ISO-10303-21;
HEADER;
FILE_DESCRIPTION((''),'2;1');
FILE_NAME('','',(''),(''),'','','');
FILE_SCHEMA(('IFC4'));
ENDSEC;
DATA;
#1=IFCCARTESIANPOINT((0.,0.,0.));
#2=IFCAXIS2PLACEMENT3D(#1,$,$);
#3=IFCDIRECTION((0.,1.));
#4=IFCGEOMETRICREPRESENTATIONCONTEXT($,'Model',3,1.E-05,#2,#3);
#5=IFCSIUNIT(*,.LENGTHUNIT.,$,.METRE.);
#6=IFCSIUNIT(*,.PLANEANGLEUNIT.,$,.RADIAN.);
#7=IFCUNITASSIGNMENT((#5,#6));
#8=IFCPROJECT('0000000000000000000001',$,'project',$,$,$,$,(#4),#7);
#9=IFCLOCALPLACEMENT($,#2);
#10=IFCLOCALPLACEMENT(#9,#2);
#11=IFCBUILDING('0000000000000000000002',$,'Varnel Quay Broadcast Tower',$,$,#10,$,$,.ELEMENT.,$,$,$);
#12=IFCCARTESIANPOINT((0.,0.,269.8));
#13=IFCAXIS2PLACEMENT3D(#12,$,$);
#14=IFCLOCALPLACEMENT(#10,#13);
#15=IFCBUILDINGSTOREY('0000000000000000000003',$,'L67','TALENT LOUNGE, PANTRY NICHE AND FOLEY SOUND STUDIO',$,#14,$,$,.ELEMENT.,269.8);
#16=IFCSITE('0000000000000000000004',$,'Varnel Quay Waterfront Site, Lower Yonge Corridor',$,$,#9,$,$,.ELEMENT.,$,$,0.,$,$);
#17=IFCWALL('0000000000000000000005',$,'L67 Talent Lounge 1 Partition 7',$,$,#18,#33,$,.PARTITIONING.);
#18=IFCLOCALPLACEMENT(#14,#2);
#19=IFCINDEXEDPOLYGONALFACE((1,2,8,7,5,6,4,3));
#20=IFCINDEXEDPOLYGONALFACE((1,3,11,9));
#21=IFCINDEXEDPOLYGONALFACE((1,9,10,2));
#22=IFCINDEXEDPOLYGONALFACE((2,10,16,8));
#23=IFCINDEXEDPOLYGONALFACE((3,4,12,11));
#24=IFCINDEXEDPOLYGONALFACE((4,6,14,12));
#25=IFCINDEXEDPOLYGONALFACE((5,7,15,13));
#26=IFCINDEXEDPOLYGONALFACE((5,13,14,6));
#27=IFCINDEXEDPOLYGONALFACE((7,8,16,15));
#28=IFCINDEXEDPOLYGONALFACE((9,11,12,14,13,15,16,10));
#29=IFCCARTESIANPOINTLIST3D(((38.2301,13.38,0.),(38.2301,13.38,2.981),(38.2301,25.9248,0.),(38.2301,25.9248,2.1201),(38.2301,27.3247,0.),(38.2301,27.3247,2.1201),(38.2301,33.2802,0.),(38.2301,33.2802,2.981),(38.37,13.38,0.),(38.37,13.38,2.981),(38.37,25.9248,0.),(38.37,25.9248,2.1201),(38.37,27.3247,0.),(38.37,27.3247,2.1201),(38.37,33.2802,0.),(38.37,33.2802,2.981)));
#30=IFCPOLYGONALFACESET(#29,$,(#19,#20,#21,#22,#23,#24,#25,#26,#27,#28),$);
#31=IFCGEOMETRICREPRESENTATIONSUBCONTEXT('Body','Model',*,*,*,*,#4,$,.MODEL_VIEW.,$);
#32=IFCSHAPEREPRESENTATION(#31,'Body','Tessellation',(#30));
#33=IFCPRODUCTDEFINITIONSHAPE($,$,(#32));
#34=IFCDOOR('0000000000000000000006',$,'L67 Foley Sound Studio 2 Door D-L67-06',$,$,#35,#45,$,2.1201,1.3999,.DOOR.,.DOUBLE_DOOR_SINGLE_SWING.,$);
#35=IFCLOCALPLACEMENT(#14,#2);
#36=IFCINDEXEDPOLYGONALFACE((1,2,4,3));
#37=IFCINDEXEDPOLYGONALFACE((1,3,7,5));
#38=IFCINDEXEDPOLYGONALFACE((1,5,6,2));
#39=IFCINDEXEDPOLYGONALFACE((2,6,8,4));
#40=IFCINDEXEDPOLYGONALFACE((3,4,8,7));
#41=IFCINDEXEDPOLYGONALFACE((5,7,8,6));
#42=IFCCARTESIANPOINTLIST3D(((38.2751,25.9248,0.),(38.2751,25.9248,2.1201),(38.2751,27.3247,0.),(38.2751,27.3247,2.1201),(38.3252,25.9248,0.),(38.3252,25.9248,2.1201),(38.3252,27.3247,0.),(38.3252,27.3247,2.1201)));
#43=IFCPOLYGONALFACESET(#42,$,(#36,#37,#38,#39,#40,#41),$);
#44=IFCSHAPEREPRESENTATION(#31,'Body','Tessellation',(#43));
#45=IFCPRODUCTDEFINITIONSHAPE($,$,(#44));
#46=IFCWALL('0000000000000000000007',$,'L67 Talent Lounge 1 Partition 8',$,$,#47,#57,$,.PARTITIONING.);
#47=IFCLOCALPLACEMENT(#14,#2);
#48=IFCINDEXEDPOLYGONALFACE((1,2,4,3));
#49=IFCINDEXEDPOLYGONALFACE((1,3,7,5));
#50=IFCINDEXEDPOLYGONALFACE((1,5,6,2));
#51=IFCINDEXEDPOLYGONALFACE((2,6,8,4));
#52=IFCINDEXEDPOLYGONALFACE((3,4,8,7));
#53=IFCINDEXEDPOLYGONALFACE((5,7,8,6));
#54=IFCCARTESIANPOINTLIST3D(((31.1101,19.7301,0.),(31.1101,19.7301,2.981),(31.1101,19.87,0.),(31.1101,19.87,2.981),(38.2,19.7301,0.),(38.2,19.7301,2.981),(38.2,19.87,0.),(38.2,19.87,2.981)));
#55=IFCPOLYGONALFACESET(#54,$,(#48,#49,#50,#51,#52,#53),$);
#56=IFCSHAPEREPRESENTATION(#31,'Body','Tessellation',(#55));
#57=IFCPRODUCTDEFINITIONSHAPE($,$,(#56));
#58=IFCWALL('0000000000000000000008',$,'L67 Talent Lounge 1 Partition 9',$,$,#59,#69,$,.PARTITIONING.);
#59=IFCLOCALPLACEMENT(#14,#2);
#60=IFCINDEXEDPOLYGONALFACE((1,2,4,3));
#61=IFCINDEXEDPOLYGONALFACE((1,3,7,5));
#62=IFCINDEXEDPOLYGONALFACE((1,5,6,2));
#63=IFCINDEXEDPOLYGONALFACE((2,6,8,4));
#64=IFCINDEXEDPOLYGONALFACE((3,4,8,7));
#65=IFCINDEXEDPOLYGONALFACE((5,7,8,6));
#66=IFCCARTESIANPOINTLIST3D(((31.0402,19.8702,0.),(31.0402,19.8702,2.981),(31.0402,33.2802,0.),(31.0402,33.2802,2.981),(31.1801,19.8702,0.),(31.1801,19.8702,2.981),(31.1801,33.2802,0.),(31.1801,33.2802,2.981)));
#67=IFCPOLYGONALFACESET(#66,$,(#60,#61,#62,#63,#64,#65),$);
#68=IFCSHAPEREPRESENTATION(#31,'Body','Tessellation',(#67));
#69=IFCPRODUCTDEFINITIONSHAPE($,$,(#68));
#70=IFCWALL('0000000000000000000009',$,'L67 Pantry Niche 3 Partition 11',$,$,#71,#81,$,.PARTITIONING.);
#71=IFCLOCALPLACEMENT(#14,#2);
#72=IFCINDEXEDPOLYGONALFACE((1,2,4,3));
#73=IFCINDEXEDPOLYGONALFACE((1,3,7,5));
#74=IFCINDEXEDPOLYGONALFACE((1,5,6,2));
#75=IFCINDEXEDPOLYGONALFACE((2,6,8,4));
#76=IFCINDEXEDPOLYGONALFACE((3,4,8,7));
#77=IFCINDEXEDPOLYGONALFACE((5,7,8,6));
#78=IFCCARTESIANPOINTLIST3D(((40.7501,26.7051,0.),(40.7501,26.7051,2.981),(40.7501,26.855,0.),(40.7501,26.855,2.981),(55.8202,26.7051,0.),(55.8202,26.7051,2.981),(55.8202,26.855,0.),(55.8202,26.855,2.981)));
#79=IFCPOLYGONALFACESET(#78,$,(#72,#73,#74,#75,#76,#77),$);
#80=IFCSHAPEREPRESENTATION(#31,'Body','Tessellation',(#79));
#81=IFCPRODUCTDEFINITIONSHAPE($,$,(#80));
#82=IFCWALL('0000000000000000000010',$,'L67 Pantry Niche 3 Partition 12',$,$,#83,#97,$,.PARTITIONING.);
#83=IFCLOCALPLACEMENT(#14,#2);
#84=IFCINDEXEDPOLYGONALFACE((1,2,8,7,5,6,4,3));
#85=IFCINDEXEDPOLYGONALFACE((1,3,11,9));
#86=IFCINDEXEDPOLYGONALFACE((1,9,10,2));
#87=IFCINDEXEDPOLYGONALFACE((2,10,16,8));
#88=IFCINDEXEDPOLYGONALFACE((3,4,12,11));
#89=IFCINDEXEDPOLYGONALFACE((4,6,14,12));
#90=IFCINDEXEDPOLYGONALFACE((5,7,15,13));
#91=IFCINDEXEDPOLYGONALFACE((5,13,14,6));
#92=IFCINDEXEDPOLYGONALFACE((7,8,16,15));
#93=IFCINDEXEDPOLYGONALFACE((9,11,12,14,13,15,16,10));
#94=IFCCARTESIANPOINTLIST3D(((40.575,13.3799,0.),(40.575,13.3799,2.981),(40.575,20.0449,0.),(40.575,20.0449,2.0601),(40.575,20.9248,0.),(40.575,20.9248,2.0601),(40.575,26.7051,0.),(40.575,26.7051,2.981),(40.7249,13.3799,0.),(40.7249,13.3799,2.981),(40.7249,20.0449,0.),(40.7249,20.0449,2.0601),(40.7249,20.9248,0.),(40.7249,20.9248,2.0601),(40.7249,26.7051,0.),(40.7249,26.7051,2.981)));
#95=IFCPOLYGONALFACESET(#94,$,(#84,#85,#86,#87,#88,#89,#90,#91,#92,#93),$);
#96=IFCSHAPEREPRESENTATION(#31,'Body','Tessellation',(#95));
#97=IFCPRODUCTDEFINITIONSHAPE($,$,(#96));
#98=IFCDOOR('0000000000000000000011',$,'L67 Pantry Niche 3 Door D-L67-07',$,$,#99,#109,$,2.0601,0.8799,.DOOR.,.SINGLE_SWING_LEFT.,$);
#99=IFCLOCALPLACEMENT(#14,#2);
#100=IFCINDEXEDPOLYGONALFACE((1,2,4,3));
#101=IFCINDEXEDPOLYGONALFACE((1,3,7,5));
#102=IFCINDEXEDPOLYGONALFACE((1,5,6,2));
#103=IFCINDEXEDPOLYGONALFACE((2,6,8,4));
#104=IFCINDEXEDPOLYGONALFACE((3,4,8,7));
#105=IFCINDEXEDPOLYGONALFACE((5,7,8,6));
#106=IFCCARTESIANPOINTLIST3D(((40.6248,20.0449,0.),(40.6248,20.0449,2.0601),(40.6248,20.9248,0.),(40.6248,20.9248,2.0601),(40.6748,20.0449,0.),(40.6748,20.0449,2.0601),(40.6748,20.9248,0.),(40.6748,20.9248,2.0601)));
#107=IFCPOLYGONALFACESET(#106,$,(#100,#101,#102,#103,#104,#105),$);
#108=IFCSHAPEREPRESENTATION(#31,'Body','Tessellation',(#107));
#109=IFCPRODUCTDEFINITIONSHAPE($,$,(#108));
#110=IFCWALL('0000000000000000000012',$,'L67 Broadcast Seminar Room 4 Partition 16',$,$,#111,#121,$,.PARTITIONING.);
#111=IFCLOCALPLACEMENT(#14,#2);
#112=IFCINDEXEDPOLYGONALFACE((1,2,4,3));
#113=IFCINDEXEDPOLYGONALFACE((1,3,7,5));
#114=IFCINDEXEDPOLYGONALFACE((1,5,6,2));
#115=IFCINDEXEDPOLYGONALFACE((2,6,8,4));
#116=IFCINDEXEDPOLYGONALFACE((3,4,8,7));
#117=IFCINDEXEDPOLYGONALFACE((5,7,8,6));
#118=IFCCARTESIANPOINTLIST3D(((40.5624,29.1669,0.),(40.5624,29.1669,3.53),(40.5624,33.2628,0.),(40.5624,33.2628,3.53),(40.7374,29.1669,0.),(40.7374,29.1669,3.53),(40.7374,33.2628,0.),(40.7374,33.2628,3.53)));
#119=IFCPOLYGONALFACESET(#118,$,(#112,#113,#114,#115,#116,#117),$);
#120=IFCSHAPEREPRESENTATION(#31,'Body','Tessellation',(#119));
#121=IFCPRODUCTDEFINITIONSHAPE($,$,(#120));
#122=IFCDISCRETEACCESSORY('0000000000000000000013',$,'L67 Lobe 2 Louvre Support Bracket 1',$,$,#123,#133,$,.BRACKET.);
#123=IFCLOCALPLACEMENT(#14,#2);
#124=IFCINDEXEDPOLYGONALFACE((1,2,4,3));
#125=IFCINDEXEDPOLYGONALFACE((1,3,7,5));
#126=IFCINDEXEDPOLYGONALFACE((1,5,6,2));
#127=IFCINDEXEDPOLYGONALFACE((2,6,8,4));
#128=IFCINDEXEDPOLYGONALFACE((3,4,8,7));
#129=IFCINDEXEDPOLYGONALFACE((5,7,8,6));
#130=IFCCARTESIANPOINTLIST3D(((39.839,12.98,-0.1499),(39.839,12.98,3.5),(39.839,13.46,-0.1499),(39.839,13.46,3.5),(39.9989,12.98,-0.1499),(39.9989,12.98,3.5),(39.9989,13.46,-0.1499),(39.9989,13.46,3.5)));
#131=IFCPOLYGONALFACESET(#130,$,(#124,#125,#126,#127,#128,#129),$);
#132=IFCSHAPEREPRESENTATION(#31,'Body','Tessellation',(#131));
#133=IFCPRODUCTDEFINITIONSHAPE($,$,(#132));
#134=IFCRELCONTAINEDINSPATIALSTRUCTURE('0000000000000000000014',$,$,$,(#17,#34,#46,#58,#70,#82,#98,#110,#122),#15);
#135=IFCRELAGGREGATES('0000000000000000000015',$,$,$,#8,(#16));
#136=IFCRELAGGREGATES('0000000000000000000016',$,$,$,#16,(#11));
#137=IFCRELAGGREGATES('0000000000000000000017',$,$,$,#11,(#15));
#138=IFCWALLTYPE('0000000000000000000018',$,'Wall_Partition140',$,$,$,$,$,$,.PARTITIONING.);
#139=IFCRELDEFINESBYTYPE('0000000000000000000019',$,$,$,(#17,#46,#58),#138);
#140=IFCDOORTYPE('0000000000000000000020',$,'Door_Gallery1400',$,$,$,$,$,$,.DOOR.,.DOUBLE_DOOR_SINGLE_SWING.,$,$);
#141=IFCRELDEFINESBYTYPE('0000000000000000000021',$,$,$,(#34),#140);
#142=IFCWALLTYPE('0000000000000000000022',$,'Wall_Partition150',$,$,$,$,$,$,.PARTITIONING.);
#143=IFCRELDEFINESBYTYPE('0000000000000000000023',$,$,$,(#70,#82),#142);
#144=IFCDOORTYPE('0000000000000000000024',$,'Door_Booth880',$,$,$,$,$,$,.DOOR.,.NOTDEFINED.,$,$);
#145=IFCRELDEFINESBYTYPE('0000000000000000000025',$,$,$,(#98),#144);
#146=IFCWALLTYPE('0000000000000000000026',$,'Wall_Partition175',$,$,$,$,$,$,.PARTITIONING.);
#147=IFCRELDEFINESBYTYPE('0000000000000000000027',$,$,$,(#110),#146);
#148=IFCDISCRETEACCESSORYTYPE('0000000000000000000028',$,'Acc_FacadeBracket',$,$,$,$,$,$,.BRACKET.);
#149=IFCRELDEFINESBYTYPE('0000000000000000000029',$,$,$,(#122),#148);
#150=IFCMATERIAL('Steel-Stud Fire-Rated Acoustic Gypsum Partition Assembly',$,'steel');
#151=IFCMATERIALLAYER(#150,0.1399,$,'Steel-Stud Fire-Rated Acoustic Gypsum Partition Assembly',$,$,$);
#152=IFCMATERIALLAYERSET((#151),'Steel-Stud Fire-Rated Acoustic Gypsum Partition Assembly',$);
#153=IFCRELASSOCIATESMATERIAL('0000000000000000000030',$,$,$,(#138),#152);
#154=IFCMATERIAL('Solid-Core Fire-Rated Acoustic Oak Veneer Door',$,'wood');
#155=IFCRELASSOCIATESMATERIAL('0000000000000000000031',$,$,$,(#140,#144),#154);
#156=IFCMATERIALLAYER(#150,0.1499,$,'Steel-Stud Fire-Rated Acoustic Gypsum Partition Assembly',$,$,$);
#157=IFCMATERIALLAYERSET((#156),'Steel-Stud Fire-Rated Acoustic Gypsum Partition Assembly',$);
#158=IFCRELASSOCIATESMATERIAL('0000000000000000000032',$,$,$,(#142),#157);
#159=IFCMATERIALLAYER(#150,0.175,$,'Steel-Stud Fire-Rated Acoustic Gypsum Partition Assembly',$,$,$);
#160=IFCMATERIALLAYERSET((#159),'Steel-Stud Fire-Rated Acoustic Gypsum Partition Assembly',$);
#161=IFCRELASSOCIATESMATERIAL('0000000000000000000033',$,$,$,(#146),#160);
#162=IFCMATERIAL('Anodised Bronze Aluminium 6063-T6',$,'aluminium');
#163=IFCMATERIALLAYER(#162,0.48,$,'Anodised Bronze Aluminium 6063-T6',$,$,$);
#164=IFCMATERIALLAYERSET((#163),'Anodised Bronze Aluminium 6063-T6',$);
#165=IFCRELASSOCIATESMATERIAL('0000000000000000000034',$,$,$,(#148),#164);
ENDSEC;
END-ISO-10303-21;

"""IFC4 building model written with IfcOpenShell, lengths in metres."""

from ifc_helpers import new_model, si_unit, direction, frame, frame_2d, origin, origin_2d, place, context, subcontext, project, spatial, rectangle, extrude, source, transform, mapped, material, layer, layer_set, type_object, type_shapes, element, fill, save


model = new_model("IFC4")

# Units and contexts
model_context = context("Model", 3, precision=1e-05, world=origin(), true_north=direction((0.0, 1.0)))
body_context = subcontext(model_context, "Body", "Model", "MODEL_VIEW")
ifc_project = project(units=[si_unit("LENGTHUNIT", "METRE"), si_unit("PLANEANGLEUNIT", "RADIAN")], contexts=[model_context])

# Site, building, storey
site_placement = place(None, origin())
site = spatial("IfcSite", under=ifc_project, at=site_placement, Name="Varnel Quay Waterfront Site, Lower Yonge Corridor", CompositionType="ELEMENT", RefElevation=0.0)
building_placement = place(site_placement, origin())
building = spatial("IfcBuilding", under=site, at=building_placement, Name="Varnel Quay Broadcast Tower", CompositionType="ELEMENT")
storey_placement = place(building_placement, frame((0.0, 0.0, 269.8)))
storey = spatial("IfcBuildingStorey", under=building, at=storey_placement, Name="L67", Description="TALENT LOUNGE, PANTRY NICHE AND FOLEY SOUND STUDIO", CompositionType="ELEMENT", Elevation=269.8)

# Shared definitions
ifc_material_1 = material(Name="Anodised Bronze Aluminium 6063-T6", Category="aluminium")

# Wall, opening, door
ifc_material_2 = material(Name="Steel-Stud Fire-Rated Acoustic Gypsum Partition Assembly", Category="steel")
ifc_layer_1 = layer(ifc_material_2, 0.1399, Name="Steel-Stud Fire-Rated Acoustic Gypsum Partition Assembly")
ifc_layer_set_1 = layer_set([ifc_layer_1], Name="Steel-Stud Fire-Rated Acoustic Gypsum Partition Assembly")
wall_type_1 = type_object("IfcWallType", Name="Wall_Partition140", PredefinedType="PARTITIONING", material=ifc_layer_set_1)
wall_1_placement = place(storey_placement, frame((38.3, 13.3799, 0.0), z_axis=(0.0, 0.0, 1.0), x_axis=(0.0, 1.0, 0.0)))
wall_1 = element("IfcWall", 1, at=wall_1_placement, inside=storey, type_object=wall_type_1, Name="L67 Talent Lounge 1 Partition 7", PredefinedType="PARTITIONING", context=body_context, shape_type="SweptSolid", body=[
    extrude(rectangle(XDim=19.9001, YDim=0.1399, at=frame_2d((9.9502, 0.0))), origin(), (0.0, 0.0, 1.0), 2.981),
])
opening_1_placement = place(wall_1_placement, frame((12.5449, 0.0, 0.0)))
opening_1 = element("IfcOpeningElement", 2, at=opening_1_placement, cuts=wall_1, PredefinedType="OPENING", context=body_context, shape_type="SweptSolid", body=[
    extrude(rectangle(XDim=1.3999, YDim=2.1201, at=frame_2d((0.7, 1.0601))), frame((0.0, 0.0801, 0.0), z_axis=(0.0, -1.0, 0.0), x_axis=(1.0, 0.0, 0.0)), (0.0, 0.0, 1.0), 0.1599),
])
ifc_material_3 = material(Name="Solid-Core Fire-Rated Acoustic Oak Veneer Door", Category="wood")
door_type_1 = type_object("IfcDoorType", Name="Door_Gallery1400", OperationType="DOUBLE_DOOR_SINGLE_SWING", PredefinedType="DOOR", material=ifc_material_3)
shared_shape_1 = source(origin(), body_context, "Body", "SweptSolid", [
    extrude(rectangle(XDim=1.3999, YDim=2.1201, at=frame_2d((0.7, 1.0601))), frame((0.0, 0.0249, 0.0), z_axis=(0.0, -1.0, 0.0), x_axis=(1.0, 0.0, 0.0)), (0.0, 0.0, 1.0), 0.05),
])
type_shapes(door_type_1, [shared_shape_1])
door_1_placement = place(opening_1_placement, origin())
door_1 = element("IfcDoor", 3, at=door_1_placement, inside=storey, type_object=door_type_1, Name="L67 Foley Sound Studio 2 Door D-L67-06", OperationType="DOUBLE_DOOR_SINGLE_SWING", OverallHeight=2.1201, OverallWidth=1.3999, PredefinedType="DOOR", context=body_context, shape_type="MappedRepresentation", body=[
    mapped(shared_shape_1, transform((0.0, 0.0, 0.0), x_axis=(1.0, 0.0, 0.0), y_axis=(0.0, 1.0, 0.0), z_axis=(0.0, 0.0, 1.0), scale=1.0)),
])
fill(opening_1, door_1)

# Walls
wall_2_placement = place(storey_placement, frame((31.1101, 19.8, 0.0), z_axis=(0.0, 0.0, 1.0), x_axis=(1.0, 0.0, 0.0)))
element("IfcWall", 4, at=wall_2_placement, inside=storey, type_object=wall_type_1, Name="L67 Talent Lounge 1 Partition 8", PredefinedType="PARTITIONING", context=body_context, shape_type="SweptSolid", body=[
    extrude(rectangle(XDim=7.0898, YDim=0.1399, at=frame_2d((3.5449, 0.0))), origin(), (0.0, 0.0, 1.0), 2.981),
])
wall_3_placement = place(storey_placement, frame((31.1101, 19.8701, 0.0), z_axis=(0.0, 0.0, 1.0), x_axis=(0.0, 1.0, 0.0)))
element("IfcWall", 5, at=wall_3_placement, inside=storey, type_object=wall_type_1, Name="L67 Talent Lounge 1 Partition 9", PredefinedType="PARTITIONING", context=body_context, shape_type="SweptSolid", body=[
    extrude(rectangle(XDim=13.4099, YDim=0.1399, at=frame_2d((6.7051, 0.0))), origin(), (0.0, 0.0, 1.0), 2.981),
])
ifc_layer_2 = layer(ifc_material_2, 0.1499, Name="Steel-Stud Fire-Rated Acoustic Gypsum Partition Assembly")
ifc_layer_set_2 = layer_set([ifc_layer_2], Name="Steel-Stud Fire-Rated Acoustic Gypsum Partition Assembly")
wall_type_2 = type_object("IfcWallType", Name="Wall_Partition150", PredefinedType="PARTITIONING", material=ifc_layer_set_2)
wall_4_placement = place(storey_placement, frame((40.75, 26.78, 0.0), z_axis=(0.0, 0.0, 1.0), x_axis=(1.0, 0.0, 0.0)))
element("IfcWall", 6, at=wall_4_placement, inside=storey, type_object=wall_type_2, Name="L67 Pantry Niche 3 Partition 11", PredefinedType="PARTITIONING", context=body_context, shape_type="SweptSolid", body=[
    extrude(rectangle(XDim=15.0701, YDim=0.1499, at=frame_2d((7.5352, 0.0))), origin(), (0.0, 0.0, 1.0), 2.981),
])

# Wall, opening, door
wall_5_placement = place(storey_placement, frame((40.6499, 13.3799, 0.0), z_axis=(0.0, 0.0, 1.0), x_axis=(0.0, 1.0, 0.0)))
wall_5 = element("IfcWall", 7, at=wall_5_placement, inside=storey, type_object=wall_type_2, Name="L67 Pantry Niche 3 Partition 12", PredefinedType="PARTITIONING", context=body_context, shape_type="SweptSolid", body=[
    extrude(rectangle(XDim=13.3252, YDim=0.1499, at=frame_2d((6.6626, 0.0))), origin(), (0.0, 0.0, 1.0), 2.981),
])
opening_2_placement = place(wall_5_placement, frame((6.665, 0.0, 0.0)))
opening_2 = element("IfcOpeningElement", 8, at=opening_2_placement, cuts=wall_5, PredefinedType="OPENING", context=body_context, shape_type="SweptSolid", body=[
    extrude(rectangle(XDim=0.8799, YDim=2.0601, at=frame_2d((0.4399, 1.03))), frame((0.0, 0.085, 0.0), z_axis=(0.0, -1.0, 0.0), x_axis=(1.0, 0.0, 0.0)), (0.0, 0.0, 1.0), 0.1699),
])
door_type_2 = type_object("IfcDoorType", Name="Door_Booth880", OperationType="NOTDEFINED", PredefinedType="DOOR", material=ifc_material_3)
shared_shape_2 = source(origin(), body_context, "Body", "SweptSolid", [
    extrude(rectangle(XDim=0.8799, YDim=2.0601, at=frame_2d((0.4399, 1.03))), frame((0.0, 0.0249, 0.0), z_axis=(0.0, -1.0, 0.0), x_axis=(1.0, 0.0, 0.0)), (0.0, 0.0, 1.0), 0.05),
])
type_shapes(door_type_2, [shared_shape_2])
door_2_placement = place(opening_2_placement, frame((0.8799, 0.0, 0.0), z_axis=(0.0, 0.0, 1.0), x_axis=(-1.0, 0.0, 0.0)))
door_2 = element("IfcDoor", 9, at=door_2_placement, inside=storey, type_object=door_type_2, Name="L67 Pantry Niche 3 Door D-L67-07", OperationType="SINGLE_SWING_LEFT", OverallHeight=2.0601, OverallWidth=0.8799, PredefinedType="DOOR", context=body_context, shape_type="MappedRepresentation", body=[
    mapped(shared_shape_2, transform((0.0, 0.0, 0.0), x_axis=(1.0, 0.0, 0.0), y_axis=(0.0, 1.0, 0.0), z_axis=(0.0, 0.0, 1.0), scale=1.0)),
])
fill(opening_2, door_2)

# Shared definitions
ifc_layer_3 = layer(ifc_material_2, 0.175, Name="Steel-Stud Fire-Rated Acoustic Gypsum Partition Assembly")
ifc_layer_set_3 = layer_set([ifc_layer_3], Name="Steel-Stud Fire-Rated Acoustic Gypsum Partition Assembly")
wall_type_3 = type_object("IfcWallType", Name="Wall_Partition175", PredefinedType="PARTITIONING", material=ifc_layer_set_3)

# Wall
wall_6_placement = place(storey_placement, frame((40.6499, 29.167, 0.0), z_axis=(0.0, 0.0, 1.0), x_axis=(0.0, 1.0, 0.0)))
element("IfcWall", 10, at=wall_6_placement, inside=storey, type_object=wall_type_3, Name="L67 Broadcast Seminar Room 4 Partition 16", PredefinedType="PARTITIONING", context=body_context, shape_type="SweptSolid", body=[
    extrude(rectangle(XDim=4.0959, YDim=0.175, at=frame_2d((2.0479, 0.0))), origin(), (0.0, 0.0, 1.0), 3.53),
])

# Discrete accessory
ifc_layer_4 = layer(ifc_material_1, 0.48, Name="Anodised Bronze Aluminium 6063-T6")
ifc_layer_set_4 = layer_set([ifc_layer_4], Name="Anodised Bronze Aluminium 6063-T6")
discrete_accessory_type = type_object("IfcDiscreteAccessoryType", Name="Acc_FacadeBracket", PredefinedType="BRACKET", material=ifc_layer_set_4)
shared_shape_3 = source(origin(), body_context, "Body", "SweptSolid", [
    extrude(rectangle(XDim=0.1599, YDim=0.48, at=origin_2d()), origin(), (0.0, 0.0, 1.0), 3.6499),
])
type_shapes(discrete_accessory_type, [shared_shape_3])
discrete_accessory_placement = place(storey_placement, frame((39.9189, 13.22, -0.1499), z_axis=(0.0, 0.0, 1.0), x_axis=(1.0, 0.0, 0.0)))
element("IfcDiscreteAccessory", 11, at=discrete_accessory_placement, inside=storey, type_object=discrete_accessory_type, Name="L67 Lobe 2 Louvre Support Bracket 1", PredefinedType="BRACKET", context=body_context, shape_type="MappedRepresentation", body=[
    mapped(shared_shape_3, transform((0.0, 0.0, 0.0), x_axis=(1.0, 0.0, 0.0), y_axis=(0.0, 1.0, 0.0), z_axis=(0.0, 0.0, 1.0), scale=1.0)),
])

save(model, "model.ifc")
